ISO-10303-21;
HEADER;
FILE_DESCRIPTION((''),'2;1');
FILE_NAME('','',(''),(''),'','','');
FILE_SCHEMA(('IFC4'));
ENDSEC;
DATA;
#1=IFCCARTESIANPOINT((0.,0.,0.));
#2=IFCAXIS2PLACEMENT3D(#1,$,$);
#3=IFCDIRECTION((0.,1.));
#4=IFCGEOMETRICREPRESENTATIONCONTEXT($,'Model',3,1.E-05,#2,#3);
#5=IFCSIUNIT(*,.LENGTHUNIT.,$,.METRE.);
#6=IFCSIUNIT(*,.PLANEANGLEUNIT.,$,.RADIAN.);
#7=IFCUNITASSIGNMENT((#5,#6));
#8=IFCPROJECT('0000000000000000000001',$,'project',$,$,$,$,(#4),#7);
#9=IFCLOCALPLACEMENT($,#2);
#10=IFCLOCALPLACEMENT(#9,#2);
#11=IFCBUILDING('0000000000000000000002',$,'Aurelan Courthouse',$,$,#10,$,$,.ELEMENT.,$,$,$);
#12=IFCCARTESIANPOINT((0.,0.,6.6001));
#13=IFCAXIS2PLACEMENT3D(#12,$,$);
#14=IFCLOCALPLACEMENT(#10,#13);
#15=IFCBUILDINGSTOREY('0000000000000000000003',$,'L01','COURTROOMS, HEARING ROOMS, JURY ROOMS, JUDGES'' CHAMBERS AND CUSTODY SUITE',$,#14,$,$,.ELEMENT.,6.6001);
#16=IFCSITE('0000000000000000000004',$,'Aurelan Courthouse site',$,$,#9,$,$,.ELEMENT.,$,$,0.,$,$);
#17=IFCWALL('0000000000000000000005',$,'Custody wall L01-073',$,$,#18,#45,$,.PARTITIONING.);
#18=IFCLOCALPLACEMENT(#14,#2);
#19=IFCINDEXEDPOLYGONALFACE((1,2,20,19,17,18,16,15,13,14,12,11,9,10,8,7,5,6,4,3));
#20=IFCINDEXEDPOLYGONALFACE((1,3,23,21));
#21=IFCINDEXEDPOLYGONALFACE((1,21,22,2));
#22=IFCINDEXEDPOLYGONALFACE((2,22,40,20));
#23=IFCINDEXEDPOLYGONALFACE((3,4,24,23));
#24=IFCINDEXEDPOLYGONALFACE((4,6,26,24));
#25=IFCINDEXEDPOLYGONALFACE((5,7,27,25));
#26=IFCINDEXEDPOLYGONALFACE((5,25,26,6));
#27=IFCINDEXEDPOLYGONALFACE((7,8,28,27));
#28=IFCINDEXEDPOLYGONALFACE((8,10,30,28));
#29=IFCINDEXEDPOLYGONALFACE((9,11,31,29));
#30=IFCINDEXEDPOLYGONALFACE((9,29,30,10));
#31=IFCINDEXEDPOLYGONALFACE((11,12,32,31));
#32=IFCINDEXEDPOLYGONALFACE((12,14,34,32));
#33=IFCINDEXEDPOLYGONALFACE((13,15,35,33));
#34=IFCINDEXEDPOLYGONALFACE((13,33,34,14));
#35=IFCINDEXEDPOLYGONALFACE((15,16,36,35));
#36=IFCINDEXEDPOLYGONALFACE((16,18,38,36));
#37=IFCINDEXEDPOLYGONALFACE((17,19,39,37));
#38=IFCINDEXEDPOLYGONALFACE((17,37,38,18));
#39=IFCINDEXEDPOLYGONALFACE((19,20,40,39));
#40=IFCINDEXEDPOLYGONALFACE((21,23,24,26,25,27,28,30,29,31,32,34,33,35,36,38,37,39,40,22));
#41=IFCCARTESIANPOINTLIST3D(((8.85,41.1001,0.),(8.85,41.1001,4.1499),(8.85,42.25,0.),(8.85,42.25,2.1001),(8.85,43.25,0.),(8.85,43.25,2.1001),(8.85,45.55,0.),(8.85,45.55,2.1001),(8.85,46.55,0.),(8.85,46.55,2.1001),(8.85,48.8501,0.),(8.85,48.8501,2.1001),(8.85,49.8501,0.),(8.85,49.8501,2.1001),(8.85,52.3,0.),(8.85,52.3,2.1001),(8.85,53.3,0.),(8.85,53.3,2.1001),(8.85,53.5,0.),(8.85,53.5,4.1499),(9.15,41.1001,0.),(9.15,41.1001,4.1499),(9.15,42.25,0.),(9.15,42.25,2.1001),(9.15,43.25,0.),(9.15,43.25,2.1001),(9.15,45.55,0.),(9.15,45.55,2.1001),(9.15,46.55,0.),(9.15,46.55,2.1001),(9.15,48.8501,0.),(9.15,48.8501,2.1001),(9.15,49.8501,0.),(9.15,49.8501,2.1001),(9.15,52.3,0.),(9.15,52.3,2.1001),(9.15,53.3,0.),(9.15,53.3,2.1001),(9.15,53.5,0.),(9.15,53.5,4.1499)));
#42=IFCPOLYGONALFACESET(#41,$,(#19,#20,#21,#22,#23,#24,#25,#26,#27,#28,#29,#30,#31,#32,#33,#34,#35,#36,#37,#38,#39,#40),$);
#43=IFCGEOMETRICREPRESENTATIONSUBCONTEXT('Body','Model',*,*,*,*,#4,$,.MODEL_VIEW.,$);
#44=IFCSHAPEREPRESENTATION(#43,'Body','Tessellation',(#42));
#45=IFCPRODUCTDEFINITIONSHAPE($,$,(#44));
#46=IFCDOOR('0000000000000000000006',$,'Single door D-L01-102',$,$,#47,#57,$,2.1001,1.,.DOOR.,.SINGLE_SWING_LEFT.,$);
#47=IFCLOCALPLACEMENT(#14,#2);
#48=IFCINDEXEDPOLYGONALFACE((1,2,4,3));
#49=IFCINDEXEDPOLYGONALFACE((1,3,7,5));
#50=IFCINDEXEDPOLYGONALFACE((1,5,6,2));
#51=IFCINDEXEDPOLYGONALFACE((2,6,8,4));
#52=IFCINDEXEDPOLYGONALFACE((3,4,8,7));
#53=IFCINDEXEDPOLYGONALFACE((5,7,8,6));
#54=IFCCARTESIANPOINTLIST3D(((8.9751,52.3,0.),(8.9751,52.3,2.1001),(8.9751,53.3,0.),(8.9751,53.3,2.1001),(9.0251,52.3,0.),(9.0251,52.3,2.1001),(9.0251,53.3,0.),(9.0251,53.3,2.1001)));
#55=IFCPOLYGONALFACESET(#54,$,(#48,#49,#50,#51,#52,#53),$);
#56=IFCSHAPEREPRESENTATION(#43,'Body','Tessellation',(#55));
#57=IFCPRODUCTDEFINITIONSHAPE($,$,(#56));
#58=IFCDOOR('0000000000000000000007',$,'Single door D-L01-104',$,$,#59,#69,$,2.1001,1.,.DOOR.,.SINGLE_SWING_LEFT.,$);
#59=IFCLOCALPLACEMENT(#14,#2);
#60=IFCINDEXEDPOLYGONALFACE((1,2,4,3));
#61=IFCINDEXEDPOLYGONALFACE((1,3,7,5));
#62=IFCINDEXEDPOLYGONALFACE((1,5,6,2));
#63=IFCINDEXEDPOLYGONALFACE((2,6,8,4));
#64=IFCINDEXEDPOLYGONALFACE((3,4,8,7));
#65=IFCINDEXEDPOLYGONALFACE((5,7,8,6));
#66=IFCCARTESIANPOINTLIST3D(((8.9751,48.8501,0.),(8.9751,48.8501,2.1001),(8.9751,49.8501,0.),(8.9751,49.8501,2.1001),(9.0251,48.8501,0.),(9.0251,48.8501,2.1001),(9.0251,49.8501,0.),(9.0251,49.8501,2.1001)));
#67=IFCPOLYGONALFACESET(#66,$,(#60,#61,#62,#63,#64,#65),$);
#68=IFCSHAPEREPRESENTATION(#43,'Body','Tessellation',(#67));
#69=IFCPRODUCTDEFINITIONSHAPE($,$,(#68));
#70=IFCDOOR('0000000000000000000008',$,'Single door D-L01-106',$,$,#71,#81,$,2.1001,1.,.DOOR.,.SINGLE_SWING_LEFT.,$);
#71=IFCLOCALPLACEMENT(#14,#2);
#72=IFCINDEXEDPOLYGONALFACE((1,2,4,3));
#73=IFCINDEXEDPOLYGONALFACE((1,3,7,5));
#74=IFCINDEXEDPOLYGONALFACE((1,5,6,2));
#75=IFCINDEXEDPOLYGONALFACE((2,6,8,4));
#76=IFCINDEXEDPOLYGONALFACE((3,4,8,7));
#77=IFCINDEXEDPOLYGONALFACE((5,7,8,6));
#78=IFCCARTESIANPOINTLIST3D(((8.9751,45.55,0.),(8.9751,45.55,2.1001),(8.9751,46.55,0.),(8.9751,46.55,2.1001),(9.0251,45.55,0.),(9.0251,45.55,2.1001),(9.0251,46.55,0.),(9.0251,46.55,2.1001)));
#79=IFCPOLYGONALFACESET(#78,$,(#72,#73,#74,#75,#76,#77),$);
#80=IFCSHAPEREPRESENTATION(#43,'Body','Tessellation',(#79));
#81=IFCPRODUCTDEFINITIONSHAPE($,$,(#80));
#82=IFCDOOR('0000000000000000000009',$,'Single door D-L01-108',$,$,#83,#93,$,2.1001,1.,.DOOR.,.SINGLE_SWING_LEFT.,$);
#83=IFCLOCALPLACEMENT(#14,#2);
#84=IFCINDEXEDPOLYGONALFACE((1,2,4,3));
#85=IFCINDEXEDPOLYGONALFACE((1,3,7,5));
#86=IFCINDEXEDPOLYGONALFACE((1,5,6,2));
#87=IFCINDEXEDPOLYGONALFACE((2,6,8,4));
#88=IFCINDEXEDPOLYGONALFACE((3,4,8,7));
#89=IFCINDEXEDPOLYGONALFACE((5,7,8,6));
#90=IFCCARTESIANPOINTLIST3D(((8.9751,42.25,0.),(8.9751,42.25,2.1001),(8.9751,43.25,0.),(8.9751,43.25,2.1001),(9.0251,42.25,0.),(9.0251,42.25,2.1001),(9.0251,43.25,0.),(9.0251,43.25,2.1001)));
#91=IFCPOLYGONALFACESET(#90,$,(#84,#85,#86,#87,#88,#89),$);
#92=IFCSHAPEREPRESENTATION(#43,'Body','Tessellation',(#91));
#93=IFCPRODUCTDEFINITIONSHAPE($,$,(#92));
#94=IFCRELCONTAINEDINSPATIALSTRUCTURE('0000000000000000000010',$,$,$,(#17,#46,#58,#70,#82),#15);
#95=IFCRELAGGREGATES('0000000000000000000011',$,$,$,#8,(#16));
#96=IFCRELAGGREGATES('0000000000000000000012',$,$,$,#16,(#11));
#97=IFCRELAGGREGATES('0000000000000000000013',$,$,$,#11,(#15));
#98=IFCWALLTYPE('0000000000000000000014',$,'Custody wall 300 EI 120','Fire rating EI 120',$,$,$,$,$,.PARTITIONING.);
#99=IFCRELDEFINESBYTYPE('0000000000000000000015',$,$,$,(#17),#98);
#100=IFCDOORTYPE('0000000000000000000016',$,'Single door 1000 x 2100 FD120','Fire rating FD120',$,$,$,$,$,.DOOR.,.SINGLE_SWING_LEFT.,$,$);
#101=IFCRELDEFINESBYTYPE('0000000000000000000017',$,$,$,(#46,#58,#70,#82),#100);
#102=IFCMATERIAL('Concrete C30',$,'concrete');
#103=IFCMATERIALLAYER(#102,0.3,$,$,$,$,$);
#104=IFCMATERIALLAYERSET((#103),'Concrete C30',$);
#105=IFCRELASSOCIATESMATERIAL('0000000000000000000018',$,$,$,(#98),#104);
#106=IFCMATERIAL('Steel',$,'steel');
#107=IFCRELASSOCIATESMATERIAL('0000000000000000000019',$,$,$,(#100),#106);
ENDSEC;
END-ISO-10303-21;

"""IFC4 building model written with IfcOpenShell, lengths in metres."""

from ifc_helpers import new_model, si_unit, direction, frame, frame_2d, origin, place, context, subcontext, project, spatial, rectangle, extrude, material, layer, layer_set, type_object, element, fill, save


model = new_model("IFC4")

# Units and contexts
model_context = context("Model", 3, precision=1e-05, world=origin(), true_north=direction((0.0, 1.0)))
body_context = subcontext(model_context, "Body", "Model", "MODEL_VIEW")
ifc_project = project(units=[si_unit("LENGTHUNIT", "METRE"), si_unit("PLANEANGLEUNIT", "RADIAN")], contexts=[model_context])

# Site, building, storey
site_placement = place(None, origin())
site = spatial("IfcSite", under=ifc_project, at=site_placement, Name="Aurelan Courthouse site", CompositionType="ELEMENT", RefElevation=0.0)
building_placement = place(site_placement, origin())
building = spatial("IfcBuilding", under=site, at=building_placement, Name="Aurelan Courthouse", CompositionType="ELEMENT")
storey_placement = place(building_placement, frame((0.0, 0.0, 6.6001)))
storey = spatial("IfcBuildingStorey", under=building, at=storey_placement, Name="L01", Description="COURTROOMS, HEARING ROOMS, JURY ROOMS, JUDGES' CHAMBERS AND CUSTODY SUITE", CompositionType="ELEMENT", Elevation=6.6001)

# Shared definitions
ifc_material_1 = material(Name="Concrete C30", Category="concrete")
ifc_layer = layer(ifc_material_1, 0.3)
ifc_layer_set = layer_set([ifc_layer], Name="Concrete C30")
wall_type = type_object("IfcWallType", Name="Custody wall 300 EI 120", Description="Fire rating EI 120", PredefinedType="PARTITIONING", material=ifc_layer_set)
ifc_material_2 = material(Name="Steel", Category="steel")
door_type_1 = type_object("IfcDoorType", Name="Single door 1000 x 2100 FD120", Description="Fire rating FD120", OperationType="SINGLE_SWING_LEFT", PredefinedType="DOOR", material=ifc_material_2)

# Wall, openings, doors
wall_1_placement = place(storey_placement, frame((9.0, 41.1001, 0.0), z_axis=(0.0, 0.0, 1.0), x_axis=(0.0, 1.0, 0.0)))
wall_1 = element("IfcWall", 1, at=wall_1_placement, inside=storey, type_object=wall_type, Name="Custody wall L01-073", PredefinedType="PARTITIONING", context=body_context, shape_type="SweptSolid", body=[
    extrude(rectangle(XDim=12.3999, YDim=0.3, at=frame_2d((6.2, 0.0))), origin(), (0.0, 0.0, 1.0), 4.1499),
])
opening_1_placement = place(wall_1_placement, frame((11.2, 0.0, 0.0)))
opening_1 = element("IfcOpeningElement", 2, at=opening_1_placement, cuts=wall_1, PredefinedType="OPENING", context=body_context, shape_type="SweptSolid", body=[
    extrude(rectangle(XDim=1.0, YDim=2.1001, at=frame_2d((0.5, 1.05))), frame((0.0, 0.1599, 0.0), z_axis=(0.0, -1.0, 0.0), x_axis=(1.0, 0.0, 0.0)), (0.0, 0.0, 1.0), 0.3201),
])
opening_2_placement = place(wall_1_placement, frame((7.75, 0.0, 0.0)))
opening_2 = element("IfcOpeningElement", 3, at=opening_2_placement, cuts=wall_1, PredefinedType="OPENING", context=body_context, shape_type="SweptSolid", body=[
    extrude(rectangle(XDim=1.0, YDim=2.1001, at=frame_2d((0.5, 1.05))), frame((0.0, 0.1599, 0.0), z_axis=(0.0, -1.0, 0.0), x_axis=(1.0, 0.0, 0.0)), (0.0, 0.0, 1.0), 0.3201),
])
opening_3_placement = place(wall_1_placement, frame((4.45, 0.0, 0.0)))
opening_3 = element("IfcOpeningElement", 4, at=opening_3_placement, cuts=wall_1, PredefinedType="OPENING", context=body_context, shape_type="SweptSolid", body=[
    extrude(rectangle(XDim=1.0, YDim=2.1001, at=frame_2d((0.5, 1.05))), frame((0.0, 0.1599, 0.0), z_axis=(0.0, -1.0, 0.0), x_axis=(1.0, 0.0, 0.0)), (0.0, 0.0, 1.0), 0.3201),
])
opening_4_placement = place(wall_1_placement, frame((1.1499, 0.0, 0.0)))
opening_4 = element("IfcOpeningElement", 5, at=opening_4_placement, cuts=wall_1, PredefinedType="OPENING", context=body_context, shape_type="SweptSolid", body=[
    extrude(rectangle(XDim=1.0, YDim=2.1001, at=frame_2d((0.5, 1.05))), frame((0.0, 0.1599, 0.0), z_axis=(0.0, -1.0, 0.0), x_axis=(1.0, 0.0, 0.0)), (0.0, 0.0, 1.0), 0.3201),
])
door_1_placement = place(opening_1_placement, origin())
door_1 = element("IfcDoor", 6, at=door_1_placement, inside=storey, type_object=door_type_1, Name="Single door D-L01-102", OperationType="SINGLE_SWING_LEFT", OverallHeight=2.1001, OverallWidth=1.0, PredefinedType="DOOR", context=body_context, shape_type="SweptSolid", body=[
    extrude(rectangle(XDim=1.0, YDim=2.1001, at=frame_2d((0.5, 1.05))), frame((0.0, 0.0249, 0.0), z_axis=(0.0, -1.0, 0.0), x_axis=(1.0, 0.0, 0.0)), (0.0, 0.0, 1.0), 0.05),
])
fill(opening_1, door_1)
door_2_placement = place(opening_2_placement, origin())
door_2 = element("IfcDoor", 7, at=door_2_placement, inside=storey, type_object=door_type_1, Name="Single door D-L01-104", OperationType="SINGLE_SWING_LEFT", OverallHeight=2.1001, OverallWidth=1.0, PredefinedType="DOOR", context=body_context, shape_type="SweptSolid", body=[
    extrude(rectangle(XDim=1.0, YDim=2.1001, at=frame_2d((0.5, 1.05))), frame((0.0, 0.0249, 0.0), z_axis=(0.0, -1.0, 0.0), x_axis=(1.0, 0.0, 0.0)), (0.0, 0.0, 1.0), 0.05),
])
fill(opening_2, door_2)
door_3_placement = place(opening_3_placement, origin())
door_3 = element("IfcDoor", 8, at=door_3_placement, inside=storey, type_object=door_type_1, Name="Single door D-L01-106", OperationType="SINGLE_SWING_LEFT", OverallHeight=2.1001, OverallWidth=1.0, PredefinedType="DOOR", context=body_context, shape_type="SweptSolid", body=[
    extrude(rectangle(XDim=1.0, YDim=2.1001, at=frame_2d((0.5, 1.05))), frame((0.0, 0.0249, 0.0), z_axis=(0.0, -1.0, 0.0), x_axis=(1.0, 0.0, 0.0)), (0.0, 0.0, 1.0), 0.05),
])
fill(opening_3, door_3)
door_4_placement = place(opening_4_placement, origin())
door_4 = element("IfcDoor", 9, at=door_4_placement, inside=storey, type_object=door_type_1, Name="Single door D-L01-108", OperationType="SINGLE_SWING_LEFT", OverallHeight=2.1001, OverallWidth=1.0, PredefinedType="DOOR", context=body_context, shape_type="SweptSolid", body=[
    extrude(rectangle(XDim=1.0, YDim=2.1001, at=frame_2d((0.5, 1.05))), frame((0.0, 0.0249, 0.0), z_axis=(0.0, -1.0, 0.0), x_axis=(1.0, 0.0, 0.0)), (0.0, 0.0, 1.0), 0.05),
])
fill(opening_4, door_4)

save(model, "model.ifc")
